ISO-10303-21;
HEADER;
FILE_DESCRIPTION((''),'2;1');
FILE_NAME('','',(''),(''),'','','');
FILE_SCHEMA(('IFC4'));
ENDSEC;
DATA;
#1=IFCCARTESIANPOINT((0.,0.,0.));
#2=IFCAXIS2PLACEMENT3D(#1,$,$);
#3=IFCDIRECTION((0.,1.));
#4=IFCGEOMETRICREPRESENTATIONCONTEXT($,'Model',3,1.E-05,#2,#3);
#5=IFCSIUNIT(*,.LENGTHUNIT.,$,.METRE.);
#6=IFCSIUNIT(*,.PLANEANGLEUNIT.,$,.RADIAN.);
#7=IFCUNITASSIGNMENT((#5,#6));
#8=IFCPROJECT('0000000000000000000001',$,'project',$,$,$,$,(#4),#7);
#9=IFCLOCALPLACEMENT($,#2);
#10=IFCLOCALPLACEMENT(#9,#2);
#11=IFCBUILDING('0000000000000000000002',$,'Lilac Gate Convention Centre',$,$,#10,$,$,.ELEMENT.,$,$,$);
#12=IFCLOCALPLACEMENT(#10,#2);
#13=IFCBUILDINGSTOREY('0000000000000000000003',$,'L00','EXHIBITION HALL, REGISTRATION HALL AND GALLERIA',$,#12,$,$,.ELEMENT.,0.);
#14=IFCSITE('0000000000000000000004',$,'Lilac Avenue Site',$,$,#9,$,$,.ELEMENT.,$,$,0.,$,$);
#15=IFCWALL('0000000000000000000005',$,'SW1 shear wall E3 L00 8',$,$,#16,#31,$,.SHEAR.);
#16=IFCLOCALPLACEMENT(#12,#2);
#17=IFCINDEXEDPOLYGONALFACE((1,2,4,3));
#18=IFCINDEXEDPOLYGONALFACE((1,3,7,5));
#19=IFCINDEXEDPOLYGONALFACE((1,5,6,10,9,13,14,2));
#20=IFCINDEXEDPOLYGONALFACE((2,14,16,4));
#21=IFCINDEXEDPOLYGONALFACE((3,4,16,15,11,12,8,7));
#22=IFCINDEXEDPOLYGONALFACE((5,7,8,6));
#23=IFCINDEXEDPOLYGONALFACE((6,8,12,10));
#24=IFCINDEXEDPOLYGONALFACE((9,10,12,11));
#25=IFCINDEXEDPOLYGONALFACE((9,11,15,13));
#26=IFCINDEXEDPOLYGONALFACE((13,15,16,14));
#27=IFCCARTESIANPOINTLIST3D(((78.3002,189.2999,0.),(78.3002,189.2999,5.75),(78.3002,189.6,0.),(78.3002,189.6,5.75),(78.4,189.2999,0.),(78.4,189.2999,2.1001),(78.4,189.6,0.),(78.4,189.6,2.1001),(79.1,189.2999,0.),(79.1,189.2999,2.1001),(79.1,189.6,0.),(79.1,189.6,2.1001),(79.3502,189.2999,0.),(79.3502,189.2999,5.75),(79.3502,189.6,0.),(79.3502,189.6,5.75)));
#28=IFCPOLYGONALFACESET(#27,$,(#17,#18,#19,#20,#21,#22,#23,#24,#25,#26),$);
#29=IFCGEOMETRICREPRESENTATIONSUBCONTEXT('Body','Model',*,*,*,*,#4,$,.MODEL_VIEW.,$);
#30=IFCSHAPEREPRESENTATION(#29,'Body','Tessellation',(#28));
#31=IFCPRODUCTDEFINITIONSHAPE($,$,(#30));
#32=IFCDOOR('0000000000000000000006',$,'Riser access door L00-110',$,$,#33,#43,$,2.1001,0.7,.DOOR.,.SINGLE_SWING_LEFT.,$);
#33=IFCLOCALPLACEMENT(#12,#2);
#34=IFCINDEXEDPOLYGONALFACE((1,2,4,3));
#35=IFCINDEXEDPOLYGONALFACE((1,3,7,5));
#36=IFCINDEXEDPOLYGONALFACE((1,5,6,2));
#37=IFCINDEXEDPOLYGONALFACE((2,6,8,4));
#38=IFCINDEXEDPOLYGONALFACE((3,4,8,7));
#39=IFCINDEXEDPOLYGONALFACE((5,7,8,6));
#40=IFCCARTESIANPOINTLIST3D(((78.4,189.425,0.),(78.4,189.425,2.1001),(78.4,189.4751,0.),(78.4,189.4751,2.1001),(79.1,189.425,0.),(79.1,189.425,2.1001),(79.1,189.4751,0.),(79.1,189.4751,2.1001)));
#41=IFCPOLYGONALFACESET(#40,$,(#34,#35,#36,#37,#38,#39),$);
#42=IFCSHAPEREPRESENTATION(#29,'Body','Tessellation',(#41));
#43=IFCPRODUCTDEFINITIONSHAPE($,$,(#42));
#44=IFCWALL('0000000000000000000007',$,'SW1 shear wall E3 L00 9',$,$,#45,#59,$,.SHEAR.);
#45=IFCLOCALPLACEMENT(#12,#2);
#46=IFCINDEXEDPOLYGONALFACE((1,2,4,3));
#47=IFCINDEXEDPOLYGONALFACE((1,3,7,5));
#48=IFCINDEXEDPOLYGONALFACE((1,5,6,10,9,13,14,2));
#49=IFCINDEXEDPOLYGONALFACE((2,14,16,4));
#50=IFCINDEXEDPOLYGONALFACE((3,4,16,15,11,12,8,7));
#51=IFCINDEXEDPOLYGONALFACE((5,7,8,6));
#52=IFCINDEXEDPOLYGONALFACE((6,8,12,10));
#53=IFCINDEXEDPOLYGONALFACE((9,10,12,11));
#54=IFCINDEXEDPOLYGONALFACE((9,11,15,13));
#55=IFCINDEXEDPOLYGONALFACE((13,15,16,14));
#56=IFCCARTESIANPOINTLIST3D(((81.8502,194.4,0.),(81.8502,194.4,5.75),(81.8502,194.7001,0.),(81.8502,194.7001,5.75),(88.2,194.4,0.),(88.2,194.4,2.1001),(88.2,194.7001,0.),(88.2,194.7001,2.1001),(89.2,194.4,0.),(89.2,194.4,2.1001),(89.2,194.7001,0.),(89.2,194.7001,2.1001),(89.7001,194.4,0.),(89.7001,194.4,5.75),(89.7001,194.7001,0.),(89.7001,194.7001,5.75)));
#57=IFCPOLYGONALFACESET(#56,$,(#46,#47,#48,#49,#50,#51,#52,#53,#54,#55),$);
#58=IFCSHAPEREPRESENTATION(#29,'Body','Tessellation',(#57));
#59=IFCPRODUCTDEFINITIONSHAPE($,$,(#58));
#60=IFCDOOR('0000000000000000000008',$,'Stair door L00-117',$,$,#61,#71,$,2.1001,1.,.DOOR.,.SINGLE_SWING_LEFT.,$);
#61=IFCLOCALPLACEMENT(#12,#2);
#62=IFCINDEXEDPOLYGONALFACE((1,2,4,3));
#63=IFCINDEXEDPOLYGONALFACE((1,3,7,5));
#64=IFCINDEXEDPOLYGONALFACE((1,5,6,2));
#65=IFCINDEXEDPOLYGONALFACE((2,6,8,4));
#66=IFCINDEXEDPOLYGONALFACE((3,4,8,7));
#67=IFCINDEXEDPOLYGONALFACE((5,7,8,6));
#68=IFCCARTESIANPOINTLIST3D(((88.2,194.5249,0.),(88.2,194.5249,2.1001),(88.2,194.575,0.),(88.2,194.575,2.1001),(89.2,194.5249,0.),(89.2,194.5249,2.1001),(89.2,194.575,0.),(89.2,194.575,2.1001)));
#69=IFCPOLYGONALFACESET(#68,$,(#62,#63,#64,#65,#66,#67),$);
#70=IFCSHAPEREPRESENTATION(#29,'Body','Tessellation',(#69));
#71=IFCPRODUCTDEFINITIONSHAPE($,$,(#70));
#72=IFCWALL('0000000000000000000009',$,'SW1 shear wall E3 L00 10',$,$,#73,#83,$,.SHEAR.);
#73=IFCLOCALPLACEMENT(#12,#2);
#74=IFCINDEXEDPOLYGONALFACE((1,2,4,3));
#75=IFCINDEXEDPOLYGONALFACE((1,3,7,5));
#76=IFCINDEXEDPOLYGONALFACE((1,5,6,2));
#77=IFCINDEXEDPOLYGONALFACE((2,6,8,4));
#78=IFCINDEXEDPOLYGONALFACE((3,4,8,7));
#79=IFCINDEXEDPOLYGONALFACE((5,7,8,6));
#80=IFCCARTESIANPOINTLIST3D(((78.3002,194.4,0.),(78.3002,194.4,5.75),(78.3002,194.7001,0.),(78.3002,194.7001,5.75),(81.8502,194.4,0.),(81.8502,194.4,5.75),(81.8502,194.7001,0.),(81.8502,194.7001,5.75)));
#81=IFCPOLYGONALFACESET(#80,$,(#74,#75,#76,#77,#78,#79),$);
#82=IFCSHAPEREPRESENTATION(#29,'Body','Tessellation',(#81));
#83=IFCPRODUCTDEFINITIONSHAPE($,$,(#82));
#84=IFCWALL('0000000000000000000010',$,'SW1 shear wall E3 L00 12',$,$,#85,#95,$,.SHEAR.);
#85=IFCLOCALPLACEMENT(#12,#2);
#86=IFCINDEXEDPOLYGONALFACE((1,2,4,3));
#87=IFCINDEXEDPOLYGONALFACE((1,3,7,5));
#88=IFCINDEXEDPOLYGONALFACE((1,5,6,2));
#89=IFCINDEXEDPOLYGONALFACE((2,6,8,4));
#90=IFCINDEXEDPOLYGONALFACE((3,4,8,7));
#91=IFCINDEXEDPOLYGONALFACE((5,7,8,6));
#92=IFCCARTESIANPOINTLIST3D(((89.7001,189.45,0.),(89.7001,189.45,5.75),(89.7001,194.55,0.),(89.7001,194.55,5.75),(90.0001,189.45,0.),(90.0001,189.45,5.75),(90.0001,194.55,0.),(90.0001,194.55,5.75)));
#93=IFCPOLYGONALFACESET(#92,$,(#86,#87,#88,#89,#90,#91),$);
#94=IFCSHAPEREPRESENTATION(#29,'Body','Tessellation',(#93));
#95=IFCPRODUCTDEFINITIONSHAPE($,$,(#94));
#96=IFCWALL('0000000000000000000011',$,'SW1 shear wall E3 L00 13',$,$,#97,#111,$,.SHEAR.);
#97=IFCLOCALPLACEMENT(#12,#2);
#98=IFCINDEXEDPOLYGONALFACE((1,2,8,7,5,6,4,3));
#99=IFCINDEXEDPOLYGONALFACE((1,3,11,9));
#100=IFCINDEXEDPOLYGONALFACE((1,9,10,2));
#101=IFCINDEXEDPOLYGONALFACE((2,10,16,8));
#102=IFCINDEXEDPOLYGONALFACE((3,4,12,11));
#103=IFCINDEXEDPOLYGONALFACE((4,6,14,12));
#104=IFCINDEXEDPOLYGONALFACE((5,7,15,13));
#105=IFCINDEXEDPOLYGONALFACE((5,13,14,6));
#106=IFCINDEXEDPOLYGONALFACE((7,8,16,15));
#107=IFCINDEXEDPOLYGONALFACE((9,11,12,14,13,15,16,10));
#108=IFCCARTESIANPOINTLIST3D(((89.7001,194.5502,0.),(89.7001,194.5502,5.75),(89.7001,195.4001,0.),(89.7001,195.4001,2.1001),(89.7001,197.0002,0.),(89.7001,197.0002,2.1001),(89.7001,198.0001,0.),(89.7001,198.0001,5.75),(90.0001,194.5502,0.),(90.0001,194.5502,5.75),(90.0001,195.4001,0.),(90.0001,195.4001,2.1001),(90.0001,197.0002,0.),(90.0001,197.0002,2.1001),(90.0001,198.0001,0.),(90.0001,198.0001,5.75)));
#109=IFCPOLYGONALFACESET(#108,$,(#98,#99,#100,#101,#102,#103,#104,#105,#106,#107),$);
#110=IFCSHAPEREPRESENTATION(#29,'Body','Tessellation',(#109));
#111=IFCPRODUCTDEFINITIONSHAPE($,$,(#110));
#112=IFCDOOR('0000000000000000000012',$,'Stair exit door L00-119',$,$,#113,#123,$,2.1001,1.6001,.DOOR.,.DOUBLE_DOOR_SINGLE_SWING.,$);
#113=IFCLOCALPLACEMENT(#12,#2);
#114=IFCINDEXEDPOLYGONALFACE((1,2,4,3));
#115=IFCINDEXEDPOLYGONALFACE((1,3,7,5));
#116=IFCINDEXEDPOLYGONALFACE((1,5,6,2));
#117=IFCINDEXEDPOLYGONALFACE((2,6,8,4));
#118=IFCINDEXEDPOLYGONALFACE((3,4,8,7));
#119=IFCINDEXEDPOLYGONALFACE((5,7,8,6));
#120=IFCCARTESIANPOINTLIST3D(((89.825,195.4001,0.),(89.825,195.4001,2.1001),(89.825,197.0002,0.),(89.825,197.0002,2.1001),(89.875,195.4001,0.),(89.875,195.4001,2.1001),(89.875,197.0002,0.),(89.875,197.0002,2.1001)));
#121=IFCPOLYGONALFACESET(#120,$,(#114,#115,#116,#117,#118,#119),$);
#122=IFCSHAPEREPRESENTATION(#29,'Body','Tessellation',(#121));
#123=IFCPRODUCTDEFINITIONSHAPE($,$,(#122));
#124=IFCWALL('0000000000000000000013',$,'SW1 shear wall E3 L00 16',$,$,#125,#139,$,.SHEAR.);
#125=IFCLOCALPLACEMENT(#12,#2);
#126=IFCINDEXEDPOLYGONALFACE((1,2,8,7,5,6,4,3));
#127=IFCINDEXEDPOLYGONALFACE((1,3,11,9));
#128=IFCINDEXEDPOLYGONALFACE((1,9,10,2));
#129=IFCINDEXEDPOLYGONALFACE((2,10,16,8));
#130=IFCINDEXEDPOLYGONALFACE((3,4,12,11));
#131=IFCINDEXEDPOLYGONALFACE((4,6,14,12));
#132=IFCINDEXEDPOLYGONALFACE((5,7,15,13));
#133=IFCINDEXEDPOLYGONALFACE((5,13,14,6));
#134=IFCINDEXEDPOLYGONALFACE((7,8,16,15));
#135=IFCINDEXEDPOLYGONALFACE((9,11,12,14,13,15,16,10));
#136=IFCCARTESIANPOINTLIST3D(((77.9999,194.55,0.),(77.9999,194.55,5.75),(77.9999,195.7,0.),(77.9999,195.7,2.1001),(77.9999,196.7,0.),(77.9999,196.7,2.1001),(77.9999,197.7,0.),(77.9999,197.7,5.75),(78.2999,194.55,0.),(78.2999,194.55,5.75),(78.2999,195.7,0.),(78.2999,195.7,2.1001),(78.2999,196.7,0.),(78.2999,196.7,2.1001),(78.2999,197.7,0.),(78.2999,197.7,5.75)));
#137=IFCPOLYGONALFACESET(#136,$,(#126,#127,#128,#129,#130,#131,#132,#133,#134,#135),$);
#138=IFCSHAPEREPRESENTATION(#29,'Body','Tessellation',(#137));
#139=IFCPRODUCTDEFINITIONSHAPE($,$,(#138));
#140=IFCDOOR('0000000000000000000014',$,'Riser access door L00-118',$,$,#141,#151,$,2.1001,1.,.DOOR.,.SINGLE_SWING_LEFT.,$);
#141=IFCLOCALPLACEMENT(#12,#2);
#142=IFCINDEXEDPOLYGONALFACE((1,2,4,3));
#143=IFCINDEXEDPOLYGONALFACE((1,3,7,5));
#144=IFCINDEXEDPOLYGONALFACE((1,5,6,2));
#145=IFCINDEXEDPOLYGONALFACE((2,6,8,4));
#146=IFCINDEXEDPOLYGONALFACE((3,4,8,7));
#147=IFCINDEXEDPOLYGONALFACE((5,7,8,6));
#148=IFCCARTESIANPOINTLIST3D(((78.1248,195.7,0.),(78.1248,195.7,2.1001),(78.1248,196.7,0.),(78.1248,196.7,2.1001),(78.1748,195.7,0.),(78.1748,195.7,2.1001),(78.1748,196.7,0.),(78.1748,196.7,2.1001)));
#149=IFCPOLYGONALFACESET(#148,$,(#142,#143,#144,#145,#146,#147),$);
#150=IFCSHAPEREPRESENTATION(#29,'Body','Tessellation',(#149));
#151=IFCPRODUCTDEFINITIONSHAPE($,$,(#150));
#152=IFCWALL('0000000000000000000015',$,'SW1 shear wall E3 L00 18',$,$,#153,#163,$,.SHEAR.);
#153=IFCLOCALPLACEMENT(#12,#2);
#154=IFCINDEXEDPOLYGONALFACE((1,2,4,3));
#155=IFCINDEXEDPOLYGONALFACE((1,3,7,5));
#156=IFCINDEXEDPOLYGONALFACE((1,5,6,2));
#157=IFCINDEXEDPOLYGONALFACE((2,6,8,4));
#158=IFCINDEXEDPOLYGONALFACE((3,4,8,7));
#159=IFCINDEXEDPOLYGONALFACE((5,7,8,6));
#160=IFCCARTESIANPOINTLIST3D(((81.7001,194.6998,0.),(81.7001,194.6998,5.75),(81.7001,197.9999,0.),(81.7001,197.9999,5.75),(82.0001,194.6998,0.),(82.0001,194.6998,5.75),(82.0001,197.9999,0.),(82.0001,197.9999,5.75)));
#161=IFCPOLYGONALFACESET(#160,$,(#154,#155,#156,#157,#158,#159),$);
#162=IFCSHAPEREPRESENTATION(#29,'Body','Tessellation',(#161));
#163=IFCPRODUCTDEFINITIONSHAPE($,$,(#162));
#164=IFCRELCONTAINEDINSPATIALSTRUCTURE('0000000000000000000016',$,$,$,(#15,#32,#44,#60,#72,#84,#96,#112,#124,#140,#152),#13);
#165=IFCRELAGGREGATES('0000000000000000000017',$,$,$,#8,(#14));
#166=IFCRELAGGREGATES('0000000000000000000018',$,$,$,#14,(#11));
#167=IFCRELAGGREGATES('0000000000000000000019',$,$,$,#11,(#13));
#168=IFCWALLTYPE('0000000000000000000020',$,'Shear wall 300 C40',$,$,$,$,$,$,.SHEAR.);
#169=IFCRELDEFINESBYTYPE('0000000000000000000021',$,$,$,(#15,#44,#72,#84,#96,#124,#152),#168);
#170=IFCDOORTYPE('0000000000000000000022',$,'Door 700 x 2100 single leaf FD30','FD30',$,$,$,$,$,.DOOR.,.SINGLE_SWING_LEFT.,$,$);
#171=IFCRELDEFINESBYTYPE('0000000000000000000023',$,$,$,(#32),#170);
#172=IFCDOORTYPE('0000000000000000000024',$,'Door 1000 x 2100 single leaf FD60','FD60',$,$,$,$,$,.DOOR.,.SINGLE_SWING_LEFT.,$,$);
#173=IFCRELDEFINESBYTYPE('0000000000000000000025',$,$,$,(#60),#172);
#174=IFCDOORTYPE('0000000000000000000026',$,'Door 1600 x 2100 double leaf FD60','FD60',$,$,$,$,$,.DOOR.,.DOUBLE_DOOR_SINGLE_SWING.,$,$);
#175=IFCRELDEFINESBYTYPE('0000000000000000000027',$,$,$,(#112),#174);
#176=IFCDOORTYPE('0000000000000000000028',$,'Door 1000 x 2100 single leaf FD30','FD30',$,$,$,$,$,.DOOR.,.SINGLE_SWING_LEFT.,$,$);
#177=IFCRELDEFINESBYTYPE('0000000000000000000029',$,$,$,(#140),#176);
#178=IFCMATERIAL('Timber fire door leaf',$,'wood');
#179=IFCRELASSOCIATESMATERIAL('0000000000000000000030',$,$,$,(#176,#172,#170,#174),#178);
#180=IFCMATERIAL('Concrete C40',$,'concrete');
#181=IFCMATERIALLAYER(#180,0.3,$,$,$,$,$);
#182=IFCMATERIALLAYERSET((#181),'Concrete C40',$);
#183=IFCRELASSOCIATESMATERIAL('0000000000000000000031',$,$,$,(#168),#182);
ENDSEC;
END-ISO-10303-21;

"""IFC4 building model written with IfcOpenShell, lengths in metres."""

from ifc_helpers import new_model, si_unit, direction, frame, frame_2d, origin, place, context, subcontext, project, spatial, rectangle, extrude, material, layer, layer_set, type_object, element, fill, save


model = new_model("IFC4")

# Units and contexts
model_context = context("Model", 3, precision=1e-05, world=origin(), true_north=direction((0.0, 1.0)))
body_context = subcontext(model_context, "Body", "Model", "MODEL_VIEW")
ifc_project = project(units=[si_unit("LENGTHUNIT", "METRE"), si_unit("PLANEANGLEUNIT", "RADIAN")], contexts=[model_context])

# Site, building, storey
site_placement = place(None, origin())
site = spatial("IfcSite", under=ifc_project, at=site_placement, Name="Lilac Avenue Site", CompositionType="ELEMENT", RefElevation=0.0)
building_placement = place(site_placement, origin())
building = spatial("IfcBuilding", under=site, at=building_placement, Name="Lilac Gate Convention Centre", CompositionType="ELEMENT")
storey_placement = place(building_placement, origin())
storey = spatial("IfcBuildingStorey", under=building, at=storey_placement, Name="L00", Description="EXHIBITION HALL, REGISTRATION HALL AND GALLERIA", CompositionType="ELEMENT", Elevation=0.0)

# Shared definitions
ifc_material_1 = material(Name="Timber fire door leaf", Category="wood")
door_type_1 = type_object("IfcDoorType", Name="Door 1000 x 2100 single leaf FD30", Description="FD30", OperationType="SINGLE_SWING_LEFT", PredefinedType="DOOR", material=ifc_material_1)

# Walls, openings, doors
ifc_material_2 = material(Name="Concrete C40", Category="concrete")
ifc_layer_1 = layer(ifc_material_2, 0.3)
ifc_layer_set_1 = layer_set([ifc_layer_1], Name="Concrete C40")
wall_type_1 = type_object("IfcWallType", Name="Shear wall 300 C40", PredefinedType="SHEAR", material=ifc_layer_set_1)
door_type_2 = type_object("IfcDoorType", Name="Door 1000 x 2100 single leaf FD60", Description="FD60", OperationType="SINGLE_SWING_LEFT", PredefinedType="DOOR", material=ifc_material_1)
wall_1_placement = place(storey_placement, frame((79.3501, 189.45, 0.0), z_axis=(0.0, 0.0, 1.0), x_axis=(-1.0, 0.0, 0.0)))
wall_1 = element("IfcWall", 1, at=wall_1_placement, inside=storey, type_object=wall_type_1, Name="SW1 shear wall E3 L00 8", PredefinedType="SHEAR", context=body_context, shape_type="SweptSolid", body=[
    extrude(rectangle(XDim=1.05, YDim=0.3, at=frame_2d((0.5249, 0.0))), origin(), (0.0, 0.0, 1.0), 5.75),
])
opening_1_placement = place(wall_1_placement, frame((0.25, 0.0, 0.0)))
opening_1 = element("IfcOpeningElement", 2, at=opening_1_placement, cuts=wall_1, PredefinedType="OPENING", context=body_context, shape_type="SweptSolid", body=[
    extrude(rectangle(XDim=0.7, YDim=2.1001, at=frame_2d((0.3501, 1.05))), frame((0.0, 0.1599, 0.0), z_axis=(0.0, -1.0, 0.0), x_axis=(1.0, 0.0, 0.0)), (0.0, 0.0, 1.0), 0.3201),
])
door_type_3 = type_object("IfcDoorType", Name="Door 700 x 2100 single leaf FD30", Description="FD30", OperationType="SINGLE_SWING_LEFT", PredefinedType="DOOR", material=ifc_material_1)
door_1_placement = place(opening_1_placement, origin())
door_1 = element("IfcDoor", 3, at=door_1_placement, inside=storey, type_object=door_type_3, Name="Riser access door L00-110", OperationType="SINGLE_SWING_LEFT", OverallHeight=2.1001, OverallWidth=0.7, PredefinedType="DOOR", context=body_context, shape_type="SweptSolid", body=[
    extrude(rectangle(XDim=0.7, YDim=2.1001, at=frame_2d((0.3501, 1.05))), frame((0.0, 0.0249, 0.0), z_axis=(0.0, -1.0, 0.0), x_axis=(1.0, 0.0, 0.0)), (0.0, 0.0, 1.0), 0.05),
])
fill(opening_1, door_1)
wall_2_placement = place(storey_placement, frame((89.7, 194.55, 0.0), z_axis=(0.0, 0.0, 1.0), x_axis=(-1.0, 0.0, 0.0)))
wall_2 = element("IfcWall", 4, at=wall_2_placement, inside=storey, type_object=wall_type_1, Name="SW1 shear wall E3 L00 9", PredefinedType="SHEAR", context=body_context, shape_type="SweptSolid", body=[
    extrude(rectangle(XDim=7.8499, YDim=0.3, at=frame_2d((3.9248, 0.0))), origin(), (0.0, 0.0, 1.0), 5.75),
])
opening_2_placement = place(wall_2_placement, frame((0.5, 0.0, 0.0)))
opening_2 = element("IfcOpeningElement", 5, at=opening_2_placement, cuts=wall_2, PredefinedType="OPENING", context=body_context, shape_type="SweptSolid", body=[
    extrude(rectangle(XDim=1.0, YDim=2.1001, at=frame_2d((0.5, 1.05))), frame((0.0, 0.1599, 0.0), z_axis=(0.0, -1.0, 0.0), x_axis=(1.0, 0.0, 0.0)), (0.0, 0.0, 1.0), 0.3201),
])
door_2_placement = place(opening_2_placement, frame((1.0, 0.0, 0.0), z_axis=(0.0, 0.0, 1.0), x_axis=(-1.0, 0.0, 0.0)))
door_2 = element("IfcDoor", 6, at=door_2_placement, inside=storey, type_object=door_type_2, Name="Stair door L00-117", OperationType="SINGLE_SWING_LEFT", OverallHeight=2.1001, OverallWidth=1.0, PredefinedType="DOOR", context=body_context, shape_type="SweptSolid", body=[
    extrude(rectangle(XDim=1.0, YDim=2.1001, at=frame_2d((0.5, 1.05))), frame((0.0, 0.0249, 0.0), z_axis=(0.0, -1.0, 0.0), x_axis=(1.0, 0.0, 0.0)), (0.0, 0.0, 1.0), 0.05),
])
fill(opening_2, door_2)

# Walls
wall_3_placement = place(storey_placement, frame((81.8501, 194.55, 0.0), z_axis=(0.0, 0.0, 1.0), x_axis=(-1.0, 0.0, 0.0)))
element("IfcWall", 7, at=wall_3_placement, inside=storey, type_object=wall_type_1, Name="SW1 shear wall E3 L00 10", PredefinedType="SHEAR", context=body_context, shape_type="SweptSolid", body=[
    extrude(rectangle(XDim=3.55, YDim=0.3, at=frame_2d((1.7749, 0.0))), origin(), (0.0, 0.0, 1.0), 5.75),
])
wall_4_placement = place(storey_placement, frame((89.8501, 189.45, 0.0), z_axis=(0.0, 0.0, 1.0), x_axis=(0.0, 1.0, 0.0)))
element("IfcWall", 8, at=wall_4_placement, inside=storey, type_object=wall_type_1, Name="SW1 shear wall E3 L00 12", PredefinedType="SHEAR", context=body_context, shape_type="SweptSolid", body=[
    extrude(rectangle(XDim=5.1001, YDim=0.3, at=frame_2d((2.55, 0.0))), origin(), (0.0, 0.0, 1.0), 5.75),
])

# Walls, openings, doors
wall_5_placement = place(storey_placement, frame((89.8501, 194.55, 0.0), z_axis=(0.0, 0.0, 1.0), x_axis=(0.0, 1.0, 0.0)))
wall_5 = element("IfcWall", 9, at=wall_5_placement, inside=storey, type_object=wall_type_1, Name="SW1 shear wall E3 L00 13", PredefinedType="SHEAR", context=body_context, shape_type="SweptSolid", body=[
    extrude(rectangle(XDim=3.45, YDim=0.3, at=frame_2d((1.7251, 0.0))), origin(), (0.0, 0.0, 1.0), 5.75),
])
opening_3_placement = place(wall_5_placement, frame((0.8501, 0.0, 0.0)))
opening_3 = element("IfcOpeningElement", 10, at=opening_3_placement, cuts=wall_5, PredefinedType="OPENING", context=body_context, shape_type="SweptSolid", body=[
    extrude(rectangle(XDim=1.6001, YDim=2.1001, at=frame_2d((0.8, 1.05))), frame((0.0, 0.1599, 0.0), z_axis=(0.0, -1.0, 0.0), x_axis=(1.0, 0.0, 0.0)), (0.0, 0.0, 1.0), 0.3201),
])
door_type_4 = type_object("IfcDoorType", Name="Door 1600 x 2100 double leaf FD60", Description="FD60", OperationType="DOUBLE_DOOR_SINGLE_SWING", PredefinedType="DOOR", material=ifc_material_1)
door_3_placement = place(opening_3_placement, frame((1.6001, 0.0, 0.0), z_axis=(0.0, 0.0, 1.0), x_axis=(-1.0, 0.0, 0.0)))
door_3 = element("IfcDoor", 11, at=door_3_placement, inside=storey, type_object=door_type_4, Name="Stair exit door L00-119", OperationType="DOUBLE_DOOR_SINGLE_SWING", OverallHeight=2.1001, OverallWidth=1.6001, PredefinedType="DOOR", context=body_context, shape_type="SweptSolid", body=[
    extrude(rectangle(XDim=1.6001, YDim=2.1001, at=frame_2d((0.8, 1.05))), frame((0.0, 0.0249, 0.0), z_axis=(0.0, -1.0, 0.0), x_axis=(1.0, 0.0, 0.0)), (0.0, 0.0, 1.0), 0.05),
])
fill(opening_3, door_3)
wall_6_placement = place(storey_placement, frame((78.1499, 194.55, 0.0), z_axis=(0.0, 0.0, 1.0), x_axis=(0.0, 1.0, 0.0)))
wall_6 = element("IfcWall", 12, at=wall_6_placement, inside=storey, type_object=wall_type_1, Name="SW1 shear wall E3 L00 16", PredefinedType="SHEAR", context=body_context, shape_type="SweptSolid", body=[
    extrude(rectangle(XDim=3.1499, YDim=0.3, at=frame_2d((1.575, 0.0))), origin(), (0.0, 0.0, 1.0), 5.75),
])
opening_4_placement = place(wall_6_placement, frame((1.1499, 0.0, 0.0)))
opening_4 = element("IfcOpeningElement", 13, at=opening_4_placement, cuts=wall_6, PredefinedType="OPENING", context=body_context, shape_type="SweptSolid", body=[
    extrude(rectangle(XDim=1.0, YDim=2.1001, at=frame_2d((0.5, 1.05))), frame((0.0, 0.1599, 0.0), z_axis=(0.0, -1.0, 0.0), x_axis=(1.0, 0.0, 0.0)), (0.0, 0.0, 1.0), 0.3201),
])
door_4_placement = place(opening_4_placement, frame((1.0, 0.0, 0.0), z_axis=(0.0, 0.0, 1.0), x_axis=(-1.0, 0.0, 0.0)))
door_4 = element("IfcDoor", 14, at=door_4_placement, inside=storey, type_object=door_type_1, Name="Riser access door L00-118", OperationType="SINGLE_SWING_LEFT", OverallHeight=2.1001, OverallWidth=1.0, PredefinedType="DOOR", context=body_context, shape_type="SweptSolid", body=[
    extrude(rectangle(XDim=1.0, YDim=2.1001, at=frame_2d((0.5, 1.05))), frame((0.0, 0.0249, 0.0), z_axis=(0.0, -1.0, 0.0), x_axis=(1.0, 0.0, 0.0)), (0.0, 0.0, 1.0), 0.05),
])
fill(opening_4, door_4)

# Wall
wall_7_placement = place(storey_placement, frame((81.8501, 194.7, 0.0), z_axis=(0.0, 0.0, 1.0), x_axis=(0.0, 1.0, 0.0)))
element("IfcWall", 15, at=wall_7_placement, inside=storey, type_object=wall_type_1, Name="SW1 shear wall E3 L00 18", PredefinedType="SHEAR", context=body_context, shape_type="SweptSolid", body=[
    extrude(rectangle(XDim=3.3, YDim=0.3, at=frame_2d((1.6499, 0.0))), origin(), (0.0, 0.0, 1.0), 5.75),
])

save(model, "model.ifc")
